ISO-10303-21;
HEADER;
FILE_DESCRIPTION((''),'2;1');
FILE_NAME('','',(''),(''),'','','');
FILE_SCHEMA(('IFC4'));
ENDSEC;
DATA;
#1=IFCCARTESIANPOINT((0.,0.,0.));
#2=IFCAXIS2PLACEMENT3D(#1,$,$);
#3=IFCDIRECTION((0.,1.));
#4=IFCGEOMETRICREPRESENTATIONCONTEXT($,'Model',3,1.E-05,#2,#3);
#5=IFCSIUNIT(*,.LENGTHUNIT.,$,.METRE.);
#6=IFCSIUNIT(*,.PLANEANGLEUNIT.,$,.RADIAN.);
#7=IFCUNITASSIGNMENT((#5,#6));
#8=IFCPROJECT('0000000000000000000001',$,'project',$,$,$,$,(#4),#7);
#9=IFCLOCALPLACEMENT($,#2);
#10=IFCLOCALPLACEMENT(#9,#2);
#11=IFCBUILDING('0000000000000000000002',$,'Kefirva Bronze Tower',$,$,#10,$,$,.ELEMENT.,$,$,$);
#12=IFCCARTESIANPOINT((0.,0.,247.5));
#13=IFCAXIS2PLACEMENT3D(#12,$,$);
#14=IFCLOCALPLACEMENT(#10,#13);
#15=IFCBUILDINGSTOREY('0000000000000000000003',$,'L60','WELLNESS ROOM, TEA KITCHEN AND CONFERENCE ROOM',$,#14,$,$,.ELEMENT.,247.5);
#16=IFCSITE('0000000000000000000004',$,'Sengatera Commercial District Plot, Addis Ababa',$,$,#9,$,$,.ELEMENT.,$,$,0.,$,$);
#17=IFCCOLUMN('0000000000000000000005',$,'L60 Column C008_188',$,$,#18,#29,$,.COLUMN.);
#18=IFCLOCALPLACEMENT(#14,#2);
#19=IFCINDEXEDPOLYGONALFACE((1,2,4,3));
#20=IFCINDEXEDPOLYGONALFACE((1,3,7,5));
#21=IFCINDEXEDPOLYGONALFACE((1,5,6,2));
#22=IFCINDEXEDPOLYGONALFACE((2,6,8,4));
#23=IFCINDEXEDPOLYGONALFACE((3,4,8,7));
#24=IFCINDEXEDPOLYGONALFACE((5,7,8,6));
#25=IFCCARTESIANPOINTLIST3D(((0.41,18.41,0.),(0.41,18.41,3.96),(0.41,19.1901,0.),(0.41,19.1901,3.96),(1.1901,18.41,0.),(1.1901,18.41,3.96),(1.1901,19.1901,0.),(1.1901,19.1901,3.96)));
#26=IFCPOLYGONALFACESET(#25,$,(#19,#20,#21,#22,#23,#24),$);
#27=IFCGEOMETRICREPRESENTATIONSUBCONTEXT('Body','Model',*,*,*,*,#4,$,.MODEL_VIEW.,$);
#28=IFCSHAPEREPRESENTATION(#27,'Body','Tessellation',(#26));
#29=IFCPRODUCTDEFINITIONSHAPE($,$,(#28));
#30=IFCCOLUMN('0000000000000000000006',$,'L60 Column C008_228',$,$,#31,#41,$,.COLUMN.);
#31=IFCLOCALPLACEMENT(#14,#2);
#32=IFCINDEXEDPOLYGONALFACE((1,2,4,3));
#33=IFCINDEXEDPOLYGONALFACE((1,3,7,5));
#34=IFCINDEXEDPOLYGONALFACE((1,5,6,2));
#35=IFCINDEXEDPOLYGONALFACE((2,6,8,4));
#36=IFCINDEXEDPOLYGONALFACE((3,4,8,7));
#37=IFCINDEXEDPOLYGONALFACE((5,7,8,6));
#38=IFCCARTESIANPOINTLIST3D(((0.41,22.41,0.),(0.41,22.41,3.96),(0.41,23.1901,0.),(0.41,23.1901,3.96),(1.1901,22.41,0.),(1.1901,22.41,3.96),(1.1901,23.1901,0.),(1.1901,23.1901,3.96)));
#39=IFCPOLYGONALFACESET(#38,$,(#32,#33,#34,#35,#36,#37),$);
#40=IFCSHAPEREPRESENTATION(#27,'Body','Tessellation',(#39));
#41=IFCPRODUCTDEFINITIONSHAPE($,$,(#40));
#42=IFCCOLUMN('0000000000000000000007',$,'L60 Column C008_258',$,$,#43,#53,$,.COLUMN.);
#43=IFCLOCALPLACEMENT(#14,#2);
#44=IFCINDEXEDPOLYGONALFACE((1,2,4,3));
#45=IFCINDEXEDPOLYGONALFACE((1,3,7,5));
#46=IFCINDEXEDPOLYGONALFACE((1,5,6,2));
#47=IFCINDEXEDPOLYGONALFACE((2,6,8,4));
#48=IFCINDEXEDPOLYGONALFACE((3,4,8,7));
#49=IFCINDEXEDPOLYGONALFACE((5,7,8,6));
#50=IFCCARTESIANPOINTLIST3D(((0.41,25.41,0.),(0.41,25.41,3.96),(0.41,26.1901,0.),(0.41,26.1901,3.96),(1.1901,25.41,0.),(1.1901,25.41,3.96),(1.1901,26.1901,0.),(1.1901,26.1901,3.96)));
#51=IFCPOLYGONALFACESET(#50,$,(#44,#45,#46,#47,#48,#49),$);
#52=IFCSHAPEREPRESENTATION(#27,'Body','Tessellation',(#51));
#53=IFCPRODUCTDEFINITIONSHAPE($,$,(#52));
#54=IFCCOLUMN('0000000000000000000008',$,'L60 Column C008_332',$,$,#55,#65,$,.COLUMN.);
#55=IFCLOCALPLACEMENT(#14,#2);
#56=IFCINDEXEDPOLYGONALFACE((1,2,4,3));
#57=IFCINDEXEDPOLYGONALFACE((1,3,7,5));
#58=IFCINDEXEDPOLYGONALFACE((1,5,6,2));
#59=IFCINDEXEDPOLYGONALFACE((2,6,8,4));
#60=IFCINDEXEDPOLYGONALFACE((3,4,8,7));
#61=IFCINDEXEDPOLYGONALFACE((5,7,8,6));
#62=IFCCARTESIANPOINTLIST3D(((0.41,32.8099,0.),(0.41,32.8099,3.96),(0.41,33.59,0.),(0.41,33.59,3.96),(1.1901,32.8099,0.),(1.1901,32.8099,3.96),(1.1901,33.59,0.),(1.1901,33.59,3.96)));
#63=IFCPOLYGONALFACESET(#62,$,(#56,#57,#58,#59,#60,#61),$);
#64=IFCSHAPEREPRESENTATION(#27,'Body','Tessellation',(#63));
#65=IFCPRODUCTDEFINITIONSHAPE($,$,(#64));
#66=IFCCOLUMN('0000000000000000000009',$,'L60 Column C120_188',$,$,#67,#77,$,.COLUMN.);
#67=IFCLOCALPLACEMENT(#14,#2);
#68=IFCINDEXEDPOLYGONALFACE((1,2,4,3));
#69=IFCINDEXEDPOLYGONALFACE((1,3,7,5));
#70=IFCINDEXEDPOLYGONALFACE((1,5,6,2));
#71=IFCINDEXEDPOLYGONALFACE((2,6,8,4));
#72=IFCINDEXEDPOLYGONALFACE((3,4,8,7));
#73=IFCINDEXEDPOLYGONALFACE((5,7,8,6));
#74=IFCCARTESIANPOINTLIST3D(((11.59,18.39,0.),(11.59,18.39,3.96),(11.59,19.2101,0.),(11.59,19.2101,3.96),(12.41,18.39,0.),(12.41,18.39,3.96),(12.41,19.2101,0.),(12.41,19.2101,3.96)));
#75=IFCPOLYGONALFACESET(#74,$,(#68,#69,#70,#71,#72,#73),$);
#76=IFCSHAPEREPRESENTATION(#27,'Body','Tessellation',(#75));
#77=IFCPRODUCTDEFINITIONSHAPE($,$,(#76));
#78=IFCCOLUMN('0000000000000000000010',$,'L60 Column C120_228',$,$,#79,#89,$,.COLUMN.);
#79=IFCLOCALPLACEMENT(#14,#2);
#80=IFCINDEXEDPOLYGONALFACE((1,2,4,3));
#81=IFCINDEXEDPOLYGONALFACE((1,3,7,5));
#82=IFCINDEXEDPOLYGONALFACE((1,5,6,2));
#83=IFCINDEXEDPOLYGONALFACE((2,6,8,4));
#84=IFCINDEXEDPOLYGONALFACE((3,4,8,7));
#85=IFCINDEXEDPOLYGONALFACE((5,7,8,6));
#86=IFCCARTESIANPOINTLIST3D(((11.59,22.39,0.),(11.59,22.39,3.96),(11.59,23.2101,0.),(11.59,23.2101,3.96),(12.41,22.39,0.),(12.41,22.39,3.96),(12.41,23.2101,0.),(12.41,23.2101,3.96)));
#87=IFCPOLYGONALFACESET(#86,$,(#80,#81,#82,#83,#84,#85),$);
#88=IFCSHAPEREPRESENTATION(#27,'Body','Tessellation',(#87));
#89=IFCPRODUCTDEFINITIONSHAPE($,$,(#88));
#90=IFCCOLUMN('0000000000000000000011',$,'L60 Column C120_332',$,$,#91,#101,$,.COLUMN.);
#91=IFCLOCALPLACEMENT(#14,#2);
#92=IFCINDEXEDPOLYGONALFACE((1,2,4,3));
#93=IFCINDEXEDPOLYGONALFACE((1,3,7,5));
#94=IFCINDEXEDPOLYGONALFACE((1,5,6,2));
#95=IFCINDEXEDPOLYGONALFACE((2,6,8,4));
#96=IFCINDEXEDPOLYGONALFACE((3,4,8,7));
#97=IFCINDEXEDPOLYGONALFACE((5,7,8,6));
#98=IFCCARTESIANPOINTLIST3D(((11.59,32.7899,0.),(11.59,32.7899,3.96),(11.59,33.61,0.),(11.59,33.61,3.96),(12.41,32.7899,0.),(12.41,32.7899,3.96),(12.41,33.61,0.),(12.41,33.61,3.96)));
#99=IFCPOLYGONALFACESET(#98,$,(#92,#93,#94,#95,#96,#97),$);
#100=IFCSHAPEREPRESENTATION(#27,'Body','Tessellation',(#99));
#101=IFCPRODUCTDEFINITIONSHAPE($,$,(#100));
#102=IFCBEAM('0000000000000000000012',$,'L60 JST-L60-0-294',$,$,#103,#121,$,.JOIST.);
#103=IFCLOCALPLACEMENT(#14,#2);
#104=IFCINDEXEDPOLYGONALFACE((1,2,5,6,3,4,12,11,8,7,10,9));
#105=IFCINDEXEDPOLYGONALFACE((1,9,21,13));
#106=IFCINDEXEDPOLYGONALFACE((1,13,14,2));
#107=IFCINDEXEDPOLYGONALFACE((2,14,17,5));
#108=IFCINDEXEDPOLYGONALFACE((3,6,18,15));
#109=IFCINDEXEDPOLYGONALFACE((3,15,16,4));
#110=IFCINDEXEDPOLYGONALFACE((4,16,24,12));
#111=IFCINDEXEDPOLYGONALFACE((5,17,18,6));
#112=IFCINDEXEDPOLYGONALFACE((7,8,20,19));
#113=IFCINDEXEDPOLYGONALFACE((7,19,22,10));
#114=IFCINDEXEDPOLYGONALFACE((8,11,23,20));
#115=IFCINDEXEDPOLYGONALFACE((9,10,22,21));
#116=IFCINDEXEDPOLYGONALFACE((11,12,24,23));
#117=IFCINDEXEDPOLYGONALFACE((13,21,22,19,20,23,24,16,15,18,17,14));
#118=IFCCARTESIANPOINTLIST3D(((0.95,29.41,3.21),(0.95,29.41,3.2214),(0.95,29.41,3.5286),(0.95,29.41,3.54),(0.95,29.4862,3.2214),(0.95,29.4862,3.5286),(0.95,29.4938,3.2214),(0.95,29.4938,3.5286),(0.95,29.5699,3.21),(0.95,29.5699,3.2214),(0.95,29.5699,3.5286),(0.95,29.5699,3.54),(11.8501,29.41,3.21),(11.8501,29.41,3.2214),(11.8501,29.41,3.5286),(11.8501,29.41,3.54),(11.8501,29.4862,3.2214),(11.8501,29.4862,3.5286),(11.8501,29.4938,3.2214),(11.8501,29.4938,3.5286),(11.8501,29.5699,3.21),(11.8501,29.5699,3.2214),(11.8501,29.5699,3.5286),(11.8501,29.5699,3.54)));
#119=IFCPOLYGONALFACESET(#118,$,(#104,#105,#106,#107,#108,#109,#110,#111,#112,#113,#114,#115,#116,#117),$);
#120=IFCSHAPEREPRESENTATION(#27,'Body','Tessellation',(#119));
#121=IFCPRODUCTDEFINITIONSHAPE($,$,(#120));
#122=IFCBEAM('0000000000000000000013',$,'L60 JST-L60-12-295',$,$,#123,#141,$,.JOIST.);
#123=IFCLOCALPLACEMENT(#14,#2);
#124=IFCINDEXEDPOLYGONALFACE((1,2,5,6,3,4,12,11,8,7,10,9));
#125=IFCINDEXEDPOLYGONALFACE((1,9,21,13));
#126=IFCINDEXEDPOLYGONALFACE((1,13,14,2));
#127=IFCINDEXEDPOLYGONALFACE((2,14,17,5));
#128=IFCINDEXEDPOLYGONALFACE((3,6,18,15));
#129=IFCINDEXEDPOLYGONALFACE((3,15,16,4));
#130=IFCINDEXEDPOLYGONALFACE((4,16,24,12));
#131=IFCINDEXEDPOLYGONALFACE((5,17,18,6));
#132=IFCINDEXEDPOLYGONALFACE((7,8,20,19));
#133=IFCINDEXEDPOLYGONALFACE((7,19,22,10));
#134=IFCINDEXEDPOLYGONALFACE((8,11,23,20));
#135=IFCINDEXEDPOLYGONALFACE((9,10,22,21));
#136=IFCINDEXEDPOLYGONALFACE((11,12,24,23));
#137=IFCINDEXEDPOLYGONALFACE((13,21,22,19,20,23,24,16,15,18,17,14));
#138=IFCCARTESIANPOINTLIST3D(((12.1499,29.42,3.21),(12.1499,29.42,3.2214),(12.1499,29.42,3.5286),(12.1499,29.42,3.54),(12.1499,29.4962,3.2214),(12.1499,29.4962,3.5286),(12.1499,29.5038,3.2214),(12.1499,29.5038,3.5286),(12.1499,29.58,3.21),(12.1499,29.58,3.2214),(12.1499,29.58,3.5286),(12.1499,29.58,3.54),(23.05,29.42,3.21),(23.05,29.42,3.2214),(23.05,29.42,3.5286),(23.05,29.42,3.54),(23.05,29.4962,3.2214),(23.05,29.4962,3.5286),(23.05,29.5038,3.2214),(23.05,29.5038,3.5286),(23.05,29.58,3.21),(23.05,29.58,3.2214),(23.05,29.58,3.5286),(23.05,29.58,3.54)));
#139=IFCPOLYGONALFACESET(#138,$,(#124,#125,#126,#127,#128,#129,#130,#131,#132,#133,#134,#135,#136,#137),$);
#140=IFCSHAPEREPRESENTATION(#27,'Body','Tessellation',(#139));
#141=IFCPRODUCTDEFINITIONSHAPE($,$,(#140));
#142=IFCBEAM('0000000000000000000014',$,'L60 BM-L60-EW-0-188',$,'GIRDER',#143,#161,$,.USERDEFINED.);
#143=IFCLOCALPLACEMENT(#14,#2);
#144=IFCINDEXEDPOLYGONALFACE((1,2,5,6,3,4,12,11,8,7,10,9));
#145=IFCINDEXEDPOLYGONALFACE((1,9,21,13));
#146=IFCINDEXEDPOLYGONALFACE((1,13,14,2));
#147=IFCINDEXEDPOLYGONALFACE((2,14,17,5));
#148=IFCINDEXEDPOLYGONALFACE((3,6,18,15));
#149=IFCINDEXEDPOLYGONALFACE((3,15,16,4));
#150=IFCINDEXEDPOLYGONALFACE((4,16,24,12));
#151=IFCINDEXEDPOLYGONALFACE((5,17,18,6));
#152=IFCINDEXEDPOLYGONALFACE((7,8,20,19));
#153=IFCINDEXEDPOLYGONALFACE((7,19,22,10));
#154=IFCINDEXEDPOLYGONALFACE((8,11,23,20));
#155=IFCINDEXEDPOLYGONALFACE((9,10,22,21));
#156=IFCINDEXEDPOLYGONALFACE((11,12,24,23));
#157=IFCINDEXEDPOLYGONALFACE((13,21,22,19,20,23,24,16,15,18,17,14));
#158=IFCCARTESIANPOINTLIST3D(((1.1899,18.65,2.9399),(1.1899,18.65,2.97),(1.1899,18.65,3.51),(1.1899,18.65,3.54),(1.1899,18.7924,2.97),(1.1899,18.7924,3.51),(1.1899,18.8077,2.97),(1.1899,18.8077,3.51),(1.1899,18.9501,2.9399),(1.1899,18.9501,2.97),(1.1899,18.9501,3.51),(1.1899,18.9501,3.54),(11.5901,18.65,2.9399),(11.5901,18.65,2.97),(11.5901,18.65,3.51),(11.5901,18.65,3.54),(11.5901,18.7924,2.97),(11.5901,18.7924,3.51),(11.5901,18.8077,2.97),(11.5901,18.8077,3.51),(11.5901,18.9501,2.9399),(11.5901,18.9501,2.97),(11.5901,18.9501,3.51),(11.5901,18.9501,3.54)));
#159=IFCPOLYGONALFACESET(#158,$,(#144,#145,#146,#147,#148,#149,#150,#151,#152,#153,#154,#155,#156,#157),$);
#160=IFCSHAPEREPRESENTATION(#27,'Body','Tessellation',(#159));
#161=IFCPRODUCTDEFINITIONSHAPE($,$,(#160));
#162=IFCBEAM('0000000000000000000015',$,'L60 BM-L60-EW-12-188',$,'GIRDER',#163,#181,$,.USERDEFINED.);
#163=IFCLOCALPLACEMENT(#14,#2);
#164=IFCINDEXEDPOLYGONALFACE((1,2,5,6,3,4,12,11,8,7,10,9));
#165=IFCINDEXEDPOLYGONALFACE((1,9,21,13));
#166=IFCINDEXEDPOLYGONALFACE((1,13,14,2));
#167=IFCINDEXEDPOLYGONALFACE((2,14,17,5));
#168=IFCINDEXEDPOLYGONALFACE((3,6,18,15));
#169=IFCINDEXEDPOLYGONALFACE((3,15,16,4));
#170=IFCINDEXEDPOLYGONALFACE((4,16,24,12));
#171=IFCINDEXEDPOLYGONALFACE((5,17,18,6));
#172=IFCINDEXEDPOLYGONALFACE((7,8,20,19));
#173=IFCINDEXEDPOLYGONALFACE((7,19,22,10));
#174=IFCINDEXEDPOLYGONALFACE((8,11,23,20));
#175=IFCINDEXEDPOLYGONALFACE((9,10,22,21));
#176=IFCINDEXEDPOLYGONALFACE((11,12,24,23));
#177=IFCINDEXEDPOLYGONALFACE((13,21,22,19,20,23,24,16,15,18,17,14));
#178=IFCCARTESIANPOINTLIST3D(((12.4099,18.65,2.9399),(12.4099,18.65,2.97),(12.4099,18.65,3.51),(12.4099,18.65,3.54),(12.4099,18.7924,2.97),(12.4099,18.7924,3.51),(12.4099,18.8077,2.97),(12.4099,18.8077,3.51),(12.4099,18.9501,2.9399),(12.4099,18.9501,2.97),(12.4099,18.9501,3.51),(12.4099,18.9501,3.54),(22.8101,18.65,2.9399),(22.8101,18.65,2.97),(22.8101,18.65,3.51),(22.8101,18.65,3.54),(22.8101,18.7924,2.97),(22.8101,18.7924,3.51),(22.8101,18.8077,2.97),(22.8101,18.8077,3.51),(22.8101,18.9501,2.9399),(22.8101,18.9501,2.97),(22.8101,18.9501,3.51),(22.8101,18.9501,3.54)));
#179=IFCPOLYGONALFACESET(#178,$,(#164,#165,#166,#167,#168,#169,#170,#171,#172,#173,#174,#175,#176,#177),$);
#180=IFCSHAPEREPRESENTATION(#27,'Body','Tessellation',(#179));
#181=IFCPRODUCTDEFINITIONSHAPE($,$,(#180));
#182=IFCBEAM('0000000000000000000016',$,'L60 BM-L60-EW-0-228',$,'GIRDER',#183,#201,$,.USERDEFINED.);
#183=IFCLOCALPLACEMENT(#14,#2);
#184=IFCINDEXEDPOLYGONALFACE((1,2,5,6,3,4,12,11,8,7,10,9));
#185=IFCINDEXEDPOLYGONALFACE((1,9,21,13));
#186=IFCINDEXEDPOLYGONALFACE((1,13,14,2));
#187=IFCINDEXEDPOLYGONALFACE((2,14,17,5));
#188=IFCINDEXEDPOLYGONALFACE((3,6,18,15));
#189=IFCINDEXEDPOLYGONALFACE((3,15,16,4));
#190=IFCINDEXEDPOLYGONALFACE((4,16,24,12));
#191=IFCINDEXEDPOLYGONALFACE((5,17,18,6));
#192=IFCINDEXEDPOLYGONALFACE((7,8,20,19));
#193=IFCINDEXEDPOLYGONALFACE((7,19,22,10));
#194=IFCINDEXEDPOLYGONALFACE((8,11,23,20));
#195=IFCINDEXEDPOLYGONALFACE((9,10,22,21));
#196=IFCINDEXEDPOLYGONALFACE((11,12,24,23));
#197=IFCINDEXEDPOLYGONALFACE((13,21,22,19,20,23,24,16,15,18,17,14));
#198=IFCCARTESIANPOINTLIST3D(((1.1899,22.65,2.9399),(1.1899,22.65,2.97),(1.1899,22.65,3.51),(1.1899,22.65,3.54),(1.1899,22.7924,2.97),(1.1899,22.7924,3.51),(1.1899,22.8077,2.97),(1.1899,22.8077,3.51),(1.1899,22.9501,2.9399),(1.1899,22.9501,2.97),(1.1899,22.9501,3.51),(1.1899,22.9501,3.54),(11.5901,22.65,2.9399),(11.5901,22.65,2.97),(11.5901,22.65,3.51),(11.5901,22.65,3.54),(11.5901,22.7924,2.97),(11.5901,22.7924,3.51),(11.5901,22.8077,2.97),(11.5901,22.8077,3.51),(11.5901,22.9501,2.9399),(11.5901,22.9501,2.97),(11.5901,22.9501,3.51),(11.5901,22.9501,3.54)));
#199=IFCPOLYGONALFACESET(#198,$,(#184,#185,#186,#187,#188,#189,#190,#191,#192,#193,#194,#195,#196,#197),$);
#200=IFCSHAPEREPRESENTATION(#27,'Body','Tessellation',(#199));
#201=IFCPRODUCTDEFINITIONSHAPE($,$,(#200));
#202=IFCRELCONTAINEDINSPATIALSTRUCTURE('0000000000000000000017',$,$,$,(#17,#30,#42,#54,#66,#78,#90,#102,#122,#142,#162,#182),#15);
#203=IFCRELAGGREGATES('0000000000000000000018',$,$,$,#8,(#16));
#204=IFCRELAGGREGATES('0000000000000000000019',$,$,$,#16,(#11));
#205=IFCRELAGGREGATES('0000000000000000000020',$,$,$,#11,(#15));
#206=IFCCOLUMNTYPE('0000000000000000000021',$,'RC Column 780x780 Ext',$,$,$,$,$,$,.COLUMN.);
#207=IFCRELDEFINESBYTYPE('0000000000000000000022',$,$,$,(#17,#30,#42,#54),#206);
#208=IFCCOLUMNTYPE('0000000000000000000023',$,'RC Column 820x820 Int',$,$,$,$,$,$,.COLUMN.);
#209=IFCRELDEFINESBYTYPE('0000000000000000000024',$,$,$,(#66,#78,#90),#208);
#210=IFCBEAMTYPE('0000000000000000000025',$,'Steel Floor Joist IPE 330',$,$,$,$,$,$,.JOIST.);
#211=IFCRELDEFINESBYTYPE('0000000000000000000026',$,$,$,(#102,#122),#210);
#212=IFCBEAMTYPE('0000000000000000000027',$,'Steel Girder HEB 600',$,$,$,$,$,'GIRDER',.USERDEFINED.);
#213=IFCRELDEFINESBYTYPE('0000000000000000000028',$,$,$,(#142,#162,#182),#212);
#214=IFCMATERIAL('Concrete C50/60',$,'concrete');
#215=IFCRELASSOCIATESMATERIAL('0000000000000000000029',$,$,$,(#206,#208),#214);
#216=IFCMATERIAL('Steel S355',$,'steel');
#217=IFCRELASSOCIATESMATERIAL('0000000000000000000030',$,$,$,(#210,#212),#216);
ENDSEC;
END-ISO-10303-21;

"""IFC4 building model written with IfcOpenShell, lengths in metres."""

from ifc_helpers import new_model, si_unit, direction, frame, origin, origin_2d, place, context, subcontext, project, spatial, rectangle, i_section, extrude, material, material_profile, profile_set, type_object, element, save


model = new_model("IFC4")

# Units and contexts
model_context = context("Model", 3, precision=1e-05, world=origin(), true_north=direction((0.0, 1.0)))
body_context = subcontext(model_context, "Body", "Model", "MODEL_VIEW")
ifc_project = project(units=[si_unit("LENGTHUNIT", "METRE"), si_unit("PLANEANGLEUNIT", "RADIAN")], contexts=[model_context])

# Site, building, storey
site_placement = place(None, origin())
site = spatial("IfcSite", under=ifc_project, at=site_placement, Name="Sengatera Commercial District Plot, Addis Ababa", CompositionType="ELEMENT", RefElevation=0.0)
building_placement = place(site_placement, origin())
building = spatial("IfcBuilding", under=site, at=building_placement, Name="Kefirva Bronze Tower", CompositionType="ELEMENT")
storey_placement = place(building_placement, frame((0.0, 0.0, 247.5)))
storey = spatial("IfcBuildingStorey", under=building, at=storey_placement, Name="L60", Description="WELLNESS ROOM, TEA KITCHEN AND CONFERENCE ROOM", CompositionType="ELEMENT", Elevation=247.5)

# Columns
ifc_material_1 = material(Name="Concrete C50/60", Category="concrete")
ifc_material_profile_1 = material_profile(ifc_material_1, rectangle(XDim=0.78, YDim=0.78, at=origin_2d()), Name="RC 780x780")
ifc_profile_set_1 = profile_set([ifc_material_profile_1], Name="Concrete C50/60")
column_type_1 = type_object("IfcColumnType", Name="RC Column 780x780 Ext", PredefinedType="COLUMN", material=ifc_profile_set_1)
for number, where, z_axis, x_axis, name in (
    (1, (0.8, 18.8, 0.0), (0.0, 0.0, 1.0), (1.0, 0.0, 0.0), "L60 Column C008_188"),
    (2, (0.8, 22.8, 0.0), (0.0, 0.0, 1.0), (1.0, 0.0, 0.0), "L60 Column C008_228"),
    (3, (0.8, 25.8, 0.0), (0.0, 0.0, 1.0), (1.0, 0.0, 0.0), "L60 Column C008_258"),
    (4, (0.8, 33.2, 0.0), (0.0, 0.0, 1.0), (1.0, 0.0, 0.0), "L60 Column C008_332"),
):
    element("IfcColumn", number, at=place(storey_placement, frame(where, z_axis=z_axis, x_axis=x_axis)), inside=storey, type_object=column_type_1, Name=name, PredefinedType="COLUMN", context=body_context, shape_type="SweptSolid", body=[
        extrude(rectangle(XDim=0.78, YDim=0.78, at=origin_2d()), origin(), (0.0, 0.0, 1.0), 3.96),
    ])
ifc_material_profile_2 = material_profile(ifc_material_1, rectangle(XDim=0.8201, YDim=0.8201, at=origin_2d()), Name="RC 820x820")
ifc_profile_set_2 = profile_set([ifc_material_profile_2], Name="Concrete C50/60")
column_type_2 = type_object("IfcColumnType", Name="RC Column 820x820 Int", PredefinedType="COLUMN", material=ifc_profile_set_2)
for number, where, z_axis, x_axis, name in (
    (5, (12.0, 18.8, 0.0), (0.0, 0.0, 1.0), (1.0, 0.0, 0.0), "L60 Column C120_188"),
    (6, (12.0, 22.8, 0.0), (0.0, 0.0, 1.0), (1.0, 0.0, 0.0), "L60 Column C120_228"),
    (7, (12.0, 33.2, 0.0), (0.0, 0.0, 1.0), (1.0, 0.0, 0.0), "L60 Column C120_332"),
):
    element("IfcColumn", number, at=place(storey_placement, frame(where, z_axis=z_axis, x_axis=x_axis)), inside=storey, type_object=column_type_2, Name=name, PredefinedType="COLUMN", context=body_context, shape_type="SweptSolid", body=[
        extrude(rectangle(XDim=0.8201, YDim=0.8201, at=origin_2d()), origin(), (0.0, 0.0, 1.0), 3.96),
    ])

# Beams
ifc_material_2 = material(Name="Steel S355", Category="steel")
ifc_material_profile_3 = material_profile(ifc_material_2, i_section(OverallWidth=0.1599, OverallDepth=0.3301, WebThickness=0.0076, FlangeThickness=0.0115, at=origin_2d()), Name="IPE 330")
ifc_profile_set_3 = profile_set([ifc_material_profile_3], Name="Steel S355")
beam_type_1 = type_object("IfcBeamType", Name="Steel Floor Joist IPE 330", PredefinedType="JOIST", material=ifc_profile_set_3)
for number, where, z_axis, x_axis, name in (
    (8, (0.95, 29.49, 3.375), (1.0, 0.0, 0.0), (0.0, 1.0, 0.0), "L60 JST-L60-0-294"),
    (9, (12.1499, 29.5, 3.375), (1.0, 0.0, 0.0), (0.0, 1.0, 0.0), "L60 JST-L60-12-295"),
):
    element("IfcBeam", number, at=place(storey_placement, frame(where, z_axis=z_axis, x_axis=x_axis)), inside=storey, type_object=beam_type_1, Name=name, PredefinedType="JOIST", context=body_context, shape_type="SweptSolid", body=[
        extrude(i_section(OverallWidth=0.1599, OverallDepth=0.3301, WebThickness=0.0076, FlangeThickness=0.0115, at=origin_2d()), origin(), (0.0, 0.0, 1.0), 10.9001),
    ])
ifc_material_profile_4 = material_profile(ifc_material_2, i_section(OverallWidth=0.3, OverallDepth=0.6001, WebThickness=0.0154, FlangeThickness=0.03, at=origin_2d()), Name="HEB 600")
ifc_profile_set_4 = profile_set([ifc_material_profile_4], Name="Steel S355")
beam_type_2 = type_object("IfcBeamType", Name="Steel Girder HEB 600", ElementType="GIRDER", PredefinedType="USERDEFINED", material=ifc_profile_set_4)
for number, where, z_axis, x_axis, name in (
    (10, (1.1899, 18.8, 3.24), (1.0, 0.0, 0.0), (0.0, 1.0, 0.0), "L60 BM-L60-EW-0-188"),
    (11, (12.4099, 18.8, 3.24), (1.0, 0.0, 0.0), (0.0, 1.0, 0.0), "L60 BM-L60-EW-12-188"),
    (12, (1.1899, 22.8, 3.24), (1.0, 0.0, 0.0), (0.0, 1.0, 0.0), "L60 BM-L60-EW-0-228"),
):
    element("IfcBeam", number, at=place(storey_placement, frame(where, z_axis=z_axis, x_axis=x_axis)), inside=storey, type_object=beam_type_2, Name=name, ObjectType="GIRDER", PredefinedType="USERDEFINED", context=body_context, shape_type="SweptSolid", body=[
        extrude(i_section(OverallWidth=0.3, OverallDepth=0.6001, WebThickness=0.0154, FlangeThickness=0.03, at=origin_2d()), origin(), (0.0, 0.0, 1.0), 10.4001),
    ])

save(model, "model.ifc")
